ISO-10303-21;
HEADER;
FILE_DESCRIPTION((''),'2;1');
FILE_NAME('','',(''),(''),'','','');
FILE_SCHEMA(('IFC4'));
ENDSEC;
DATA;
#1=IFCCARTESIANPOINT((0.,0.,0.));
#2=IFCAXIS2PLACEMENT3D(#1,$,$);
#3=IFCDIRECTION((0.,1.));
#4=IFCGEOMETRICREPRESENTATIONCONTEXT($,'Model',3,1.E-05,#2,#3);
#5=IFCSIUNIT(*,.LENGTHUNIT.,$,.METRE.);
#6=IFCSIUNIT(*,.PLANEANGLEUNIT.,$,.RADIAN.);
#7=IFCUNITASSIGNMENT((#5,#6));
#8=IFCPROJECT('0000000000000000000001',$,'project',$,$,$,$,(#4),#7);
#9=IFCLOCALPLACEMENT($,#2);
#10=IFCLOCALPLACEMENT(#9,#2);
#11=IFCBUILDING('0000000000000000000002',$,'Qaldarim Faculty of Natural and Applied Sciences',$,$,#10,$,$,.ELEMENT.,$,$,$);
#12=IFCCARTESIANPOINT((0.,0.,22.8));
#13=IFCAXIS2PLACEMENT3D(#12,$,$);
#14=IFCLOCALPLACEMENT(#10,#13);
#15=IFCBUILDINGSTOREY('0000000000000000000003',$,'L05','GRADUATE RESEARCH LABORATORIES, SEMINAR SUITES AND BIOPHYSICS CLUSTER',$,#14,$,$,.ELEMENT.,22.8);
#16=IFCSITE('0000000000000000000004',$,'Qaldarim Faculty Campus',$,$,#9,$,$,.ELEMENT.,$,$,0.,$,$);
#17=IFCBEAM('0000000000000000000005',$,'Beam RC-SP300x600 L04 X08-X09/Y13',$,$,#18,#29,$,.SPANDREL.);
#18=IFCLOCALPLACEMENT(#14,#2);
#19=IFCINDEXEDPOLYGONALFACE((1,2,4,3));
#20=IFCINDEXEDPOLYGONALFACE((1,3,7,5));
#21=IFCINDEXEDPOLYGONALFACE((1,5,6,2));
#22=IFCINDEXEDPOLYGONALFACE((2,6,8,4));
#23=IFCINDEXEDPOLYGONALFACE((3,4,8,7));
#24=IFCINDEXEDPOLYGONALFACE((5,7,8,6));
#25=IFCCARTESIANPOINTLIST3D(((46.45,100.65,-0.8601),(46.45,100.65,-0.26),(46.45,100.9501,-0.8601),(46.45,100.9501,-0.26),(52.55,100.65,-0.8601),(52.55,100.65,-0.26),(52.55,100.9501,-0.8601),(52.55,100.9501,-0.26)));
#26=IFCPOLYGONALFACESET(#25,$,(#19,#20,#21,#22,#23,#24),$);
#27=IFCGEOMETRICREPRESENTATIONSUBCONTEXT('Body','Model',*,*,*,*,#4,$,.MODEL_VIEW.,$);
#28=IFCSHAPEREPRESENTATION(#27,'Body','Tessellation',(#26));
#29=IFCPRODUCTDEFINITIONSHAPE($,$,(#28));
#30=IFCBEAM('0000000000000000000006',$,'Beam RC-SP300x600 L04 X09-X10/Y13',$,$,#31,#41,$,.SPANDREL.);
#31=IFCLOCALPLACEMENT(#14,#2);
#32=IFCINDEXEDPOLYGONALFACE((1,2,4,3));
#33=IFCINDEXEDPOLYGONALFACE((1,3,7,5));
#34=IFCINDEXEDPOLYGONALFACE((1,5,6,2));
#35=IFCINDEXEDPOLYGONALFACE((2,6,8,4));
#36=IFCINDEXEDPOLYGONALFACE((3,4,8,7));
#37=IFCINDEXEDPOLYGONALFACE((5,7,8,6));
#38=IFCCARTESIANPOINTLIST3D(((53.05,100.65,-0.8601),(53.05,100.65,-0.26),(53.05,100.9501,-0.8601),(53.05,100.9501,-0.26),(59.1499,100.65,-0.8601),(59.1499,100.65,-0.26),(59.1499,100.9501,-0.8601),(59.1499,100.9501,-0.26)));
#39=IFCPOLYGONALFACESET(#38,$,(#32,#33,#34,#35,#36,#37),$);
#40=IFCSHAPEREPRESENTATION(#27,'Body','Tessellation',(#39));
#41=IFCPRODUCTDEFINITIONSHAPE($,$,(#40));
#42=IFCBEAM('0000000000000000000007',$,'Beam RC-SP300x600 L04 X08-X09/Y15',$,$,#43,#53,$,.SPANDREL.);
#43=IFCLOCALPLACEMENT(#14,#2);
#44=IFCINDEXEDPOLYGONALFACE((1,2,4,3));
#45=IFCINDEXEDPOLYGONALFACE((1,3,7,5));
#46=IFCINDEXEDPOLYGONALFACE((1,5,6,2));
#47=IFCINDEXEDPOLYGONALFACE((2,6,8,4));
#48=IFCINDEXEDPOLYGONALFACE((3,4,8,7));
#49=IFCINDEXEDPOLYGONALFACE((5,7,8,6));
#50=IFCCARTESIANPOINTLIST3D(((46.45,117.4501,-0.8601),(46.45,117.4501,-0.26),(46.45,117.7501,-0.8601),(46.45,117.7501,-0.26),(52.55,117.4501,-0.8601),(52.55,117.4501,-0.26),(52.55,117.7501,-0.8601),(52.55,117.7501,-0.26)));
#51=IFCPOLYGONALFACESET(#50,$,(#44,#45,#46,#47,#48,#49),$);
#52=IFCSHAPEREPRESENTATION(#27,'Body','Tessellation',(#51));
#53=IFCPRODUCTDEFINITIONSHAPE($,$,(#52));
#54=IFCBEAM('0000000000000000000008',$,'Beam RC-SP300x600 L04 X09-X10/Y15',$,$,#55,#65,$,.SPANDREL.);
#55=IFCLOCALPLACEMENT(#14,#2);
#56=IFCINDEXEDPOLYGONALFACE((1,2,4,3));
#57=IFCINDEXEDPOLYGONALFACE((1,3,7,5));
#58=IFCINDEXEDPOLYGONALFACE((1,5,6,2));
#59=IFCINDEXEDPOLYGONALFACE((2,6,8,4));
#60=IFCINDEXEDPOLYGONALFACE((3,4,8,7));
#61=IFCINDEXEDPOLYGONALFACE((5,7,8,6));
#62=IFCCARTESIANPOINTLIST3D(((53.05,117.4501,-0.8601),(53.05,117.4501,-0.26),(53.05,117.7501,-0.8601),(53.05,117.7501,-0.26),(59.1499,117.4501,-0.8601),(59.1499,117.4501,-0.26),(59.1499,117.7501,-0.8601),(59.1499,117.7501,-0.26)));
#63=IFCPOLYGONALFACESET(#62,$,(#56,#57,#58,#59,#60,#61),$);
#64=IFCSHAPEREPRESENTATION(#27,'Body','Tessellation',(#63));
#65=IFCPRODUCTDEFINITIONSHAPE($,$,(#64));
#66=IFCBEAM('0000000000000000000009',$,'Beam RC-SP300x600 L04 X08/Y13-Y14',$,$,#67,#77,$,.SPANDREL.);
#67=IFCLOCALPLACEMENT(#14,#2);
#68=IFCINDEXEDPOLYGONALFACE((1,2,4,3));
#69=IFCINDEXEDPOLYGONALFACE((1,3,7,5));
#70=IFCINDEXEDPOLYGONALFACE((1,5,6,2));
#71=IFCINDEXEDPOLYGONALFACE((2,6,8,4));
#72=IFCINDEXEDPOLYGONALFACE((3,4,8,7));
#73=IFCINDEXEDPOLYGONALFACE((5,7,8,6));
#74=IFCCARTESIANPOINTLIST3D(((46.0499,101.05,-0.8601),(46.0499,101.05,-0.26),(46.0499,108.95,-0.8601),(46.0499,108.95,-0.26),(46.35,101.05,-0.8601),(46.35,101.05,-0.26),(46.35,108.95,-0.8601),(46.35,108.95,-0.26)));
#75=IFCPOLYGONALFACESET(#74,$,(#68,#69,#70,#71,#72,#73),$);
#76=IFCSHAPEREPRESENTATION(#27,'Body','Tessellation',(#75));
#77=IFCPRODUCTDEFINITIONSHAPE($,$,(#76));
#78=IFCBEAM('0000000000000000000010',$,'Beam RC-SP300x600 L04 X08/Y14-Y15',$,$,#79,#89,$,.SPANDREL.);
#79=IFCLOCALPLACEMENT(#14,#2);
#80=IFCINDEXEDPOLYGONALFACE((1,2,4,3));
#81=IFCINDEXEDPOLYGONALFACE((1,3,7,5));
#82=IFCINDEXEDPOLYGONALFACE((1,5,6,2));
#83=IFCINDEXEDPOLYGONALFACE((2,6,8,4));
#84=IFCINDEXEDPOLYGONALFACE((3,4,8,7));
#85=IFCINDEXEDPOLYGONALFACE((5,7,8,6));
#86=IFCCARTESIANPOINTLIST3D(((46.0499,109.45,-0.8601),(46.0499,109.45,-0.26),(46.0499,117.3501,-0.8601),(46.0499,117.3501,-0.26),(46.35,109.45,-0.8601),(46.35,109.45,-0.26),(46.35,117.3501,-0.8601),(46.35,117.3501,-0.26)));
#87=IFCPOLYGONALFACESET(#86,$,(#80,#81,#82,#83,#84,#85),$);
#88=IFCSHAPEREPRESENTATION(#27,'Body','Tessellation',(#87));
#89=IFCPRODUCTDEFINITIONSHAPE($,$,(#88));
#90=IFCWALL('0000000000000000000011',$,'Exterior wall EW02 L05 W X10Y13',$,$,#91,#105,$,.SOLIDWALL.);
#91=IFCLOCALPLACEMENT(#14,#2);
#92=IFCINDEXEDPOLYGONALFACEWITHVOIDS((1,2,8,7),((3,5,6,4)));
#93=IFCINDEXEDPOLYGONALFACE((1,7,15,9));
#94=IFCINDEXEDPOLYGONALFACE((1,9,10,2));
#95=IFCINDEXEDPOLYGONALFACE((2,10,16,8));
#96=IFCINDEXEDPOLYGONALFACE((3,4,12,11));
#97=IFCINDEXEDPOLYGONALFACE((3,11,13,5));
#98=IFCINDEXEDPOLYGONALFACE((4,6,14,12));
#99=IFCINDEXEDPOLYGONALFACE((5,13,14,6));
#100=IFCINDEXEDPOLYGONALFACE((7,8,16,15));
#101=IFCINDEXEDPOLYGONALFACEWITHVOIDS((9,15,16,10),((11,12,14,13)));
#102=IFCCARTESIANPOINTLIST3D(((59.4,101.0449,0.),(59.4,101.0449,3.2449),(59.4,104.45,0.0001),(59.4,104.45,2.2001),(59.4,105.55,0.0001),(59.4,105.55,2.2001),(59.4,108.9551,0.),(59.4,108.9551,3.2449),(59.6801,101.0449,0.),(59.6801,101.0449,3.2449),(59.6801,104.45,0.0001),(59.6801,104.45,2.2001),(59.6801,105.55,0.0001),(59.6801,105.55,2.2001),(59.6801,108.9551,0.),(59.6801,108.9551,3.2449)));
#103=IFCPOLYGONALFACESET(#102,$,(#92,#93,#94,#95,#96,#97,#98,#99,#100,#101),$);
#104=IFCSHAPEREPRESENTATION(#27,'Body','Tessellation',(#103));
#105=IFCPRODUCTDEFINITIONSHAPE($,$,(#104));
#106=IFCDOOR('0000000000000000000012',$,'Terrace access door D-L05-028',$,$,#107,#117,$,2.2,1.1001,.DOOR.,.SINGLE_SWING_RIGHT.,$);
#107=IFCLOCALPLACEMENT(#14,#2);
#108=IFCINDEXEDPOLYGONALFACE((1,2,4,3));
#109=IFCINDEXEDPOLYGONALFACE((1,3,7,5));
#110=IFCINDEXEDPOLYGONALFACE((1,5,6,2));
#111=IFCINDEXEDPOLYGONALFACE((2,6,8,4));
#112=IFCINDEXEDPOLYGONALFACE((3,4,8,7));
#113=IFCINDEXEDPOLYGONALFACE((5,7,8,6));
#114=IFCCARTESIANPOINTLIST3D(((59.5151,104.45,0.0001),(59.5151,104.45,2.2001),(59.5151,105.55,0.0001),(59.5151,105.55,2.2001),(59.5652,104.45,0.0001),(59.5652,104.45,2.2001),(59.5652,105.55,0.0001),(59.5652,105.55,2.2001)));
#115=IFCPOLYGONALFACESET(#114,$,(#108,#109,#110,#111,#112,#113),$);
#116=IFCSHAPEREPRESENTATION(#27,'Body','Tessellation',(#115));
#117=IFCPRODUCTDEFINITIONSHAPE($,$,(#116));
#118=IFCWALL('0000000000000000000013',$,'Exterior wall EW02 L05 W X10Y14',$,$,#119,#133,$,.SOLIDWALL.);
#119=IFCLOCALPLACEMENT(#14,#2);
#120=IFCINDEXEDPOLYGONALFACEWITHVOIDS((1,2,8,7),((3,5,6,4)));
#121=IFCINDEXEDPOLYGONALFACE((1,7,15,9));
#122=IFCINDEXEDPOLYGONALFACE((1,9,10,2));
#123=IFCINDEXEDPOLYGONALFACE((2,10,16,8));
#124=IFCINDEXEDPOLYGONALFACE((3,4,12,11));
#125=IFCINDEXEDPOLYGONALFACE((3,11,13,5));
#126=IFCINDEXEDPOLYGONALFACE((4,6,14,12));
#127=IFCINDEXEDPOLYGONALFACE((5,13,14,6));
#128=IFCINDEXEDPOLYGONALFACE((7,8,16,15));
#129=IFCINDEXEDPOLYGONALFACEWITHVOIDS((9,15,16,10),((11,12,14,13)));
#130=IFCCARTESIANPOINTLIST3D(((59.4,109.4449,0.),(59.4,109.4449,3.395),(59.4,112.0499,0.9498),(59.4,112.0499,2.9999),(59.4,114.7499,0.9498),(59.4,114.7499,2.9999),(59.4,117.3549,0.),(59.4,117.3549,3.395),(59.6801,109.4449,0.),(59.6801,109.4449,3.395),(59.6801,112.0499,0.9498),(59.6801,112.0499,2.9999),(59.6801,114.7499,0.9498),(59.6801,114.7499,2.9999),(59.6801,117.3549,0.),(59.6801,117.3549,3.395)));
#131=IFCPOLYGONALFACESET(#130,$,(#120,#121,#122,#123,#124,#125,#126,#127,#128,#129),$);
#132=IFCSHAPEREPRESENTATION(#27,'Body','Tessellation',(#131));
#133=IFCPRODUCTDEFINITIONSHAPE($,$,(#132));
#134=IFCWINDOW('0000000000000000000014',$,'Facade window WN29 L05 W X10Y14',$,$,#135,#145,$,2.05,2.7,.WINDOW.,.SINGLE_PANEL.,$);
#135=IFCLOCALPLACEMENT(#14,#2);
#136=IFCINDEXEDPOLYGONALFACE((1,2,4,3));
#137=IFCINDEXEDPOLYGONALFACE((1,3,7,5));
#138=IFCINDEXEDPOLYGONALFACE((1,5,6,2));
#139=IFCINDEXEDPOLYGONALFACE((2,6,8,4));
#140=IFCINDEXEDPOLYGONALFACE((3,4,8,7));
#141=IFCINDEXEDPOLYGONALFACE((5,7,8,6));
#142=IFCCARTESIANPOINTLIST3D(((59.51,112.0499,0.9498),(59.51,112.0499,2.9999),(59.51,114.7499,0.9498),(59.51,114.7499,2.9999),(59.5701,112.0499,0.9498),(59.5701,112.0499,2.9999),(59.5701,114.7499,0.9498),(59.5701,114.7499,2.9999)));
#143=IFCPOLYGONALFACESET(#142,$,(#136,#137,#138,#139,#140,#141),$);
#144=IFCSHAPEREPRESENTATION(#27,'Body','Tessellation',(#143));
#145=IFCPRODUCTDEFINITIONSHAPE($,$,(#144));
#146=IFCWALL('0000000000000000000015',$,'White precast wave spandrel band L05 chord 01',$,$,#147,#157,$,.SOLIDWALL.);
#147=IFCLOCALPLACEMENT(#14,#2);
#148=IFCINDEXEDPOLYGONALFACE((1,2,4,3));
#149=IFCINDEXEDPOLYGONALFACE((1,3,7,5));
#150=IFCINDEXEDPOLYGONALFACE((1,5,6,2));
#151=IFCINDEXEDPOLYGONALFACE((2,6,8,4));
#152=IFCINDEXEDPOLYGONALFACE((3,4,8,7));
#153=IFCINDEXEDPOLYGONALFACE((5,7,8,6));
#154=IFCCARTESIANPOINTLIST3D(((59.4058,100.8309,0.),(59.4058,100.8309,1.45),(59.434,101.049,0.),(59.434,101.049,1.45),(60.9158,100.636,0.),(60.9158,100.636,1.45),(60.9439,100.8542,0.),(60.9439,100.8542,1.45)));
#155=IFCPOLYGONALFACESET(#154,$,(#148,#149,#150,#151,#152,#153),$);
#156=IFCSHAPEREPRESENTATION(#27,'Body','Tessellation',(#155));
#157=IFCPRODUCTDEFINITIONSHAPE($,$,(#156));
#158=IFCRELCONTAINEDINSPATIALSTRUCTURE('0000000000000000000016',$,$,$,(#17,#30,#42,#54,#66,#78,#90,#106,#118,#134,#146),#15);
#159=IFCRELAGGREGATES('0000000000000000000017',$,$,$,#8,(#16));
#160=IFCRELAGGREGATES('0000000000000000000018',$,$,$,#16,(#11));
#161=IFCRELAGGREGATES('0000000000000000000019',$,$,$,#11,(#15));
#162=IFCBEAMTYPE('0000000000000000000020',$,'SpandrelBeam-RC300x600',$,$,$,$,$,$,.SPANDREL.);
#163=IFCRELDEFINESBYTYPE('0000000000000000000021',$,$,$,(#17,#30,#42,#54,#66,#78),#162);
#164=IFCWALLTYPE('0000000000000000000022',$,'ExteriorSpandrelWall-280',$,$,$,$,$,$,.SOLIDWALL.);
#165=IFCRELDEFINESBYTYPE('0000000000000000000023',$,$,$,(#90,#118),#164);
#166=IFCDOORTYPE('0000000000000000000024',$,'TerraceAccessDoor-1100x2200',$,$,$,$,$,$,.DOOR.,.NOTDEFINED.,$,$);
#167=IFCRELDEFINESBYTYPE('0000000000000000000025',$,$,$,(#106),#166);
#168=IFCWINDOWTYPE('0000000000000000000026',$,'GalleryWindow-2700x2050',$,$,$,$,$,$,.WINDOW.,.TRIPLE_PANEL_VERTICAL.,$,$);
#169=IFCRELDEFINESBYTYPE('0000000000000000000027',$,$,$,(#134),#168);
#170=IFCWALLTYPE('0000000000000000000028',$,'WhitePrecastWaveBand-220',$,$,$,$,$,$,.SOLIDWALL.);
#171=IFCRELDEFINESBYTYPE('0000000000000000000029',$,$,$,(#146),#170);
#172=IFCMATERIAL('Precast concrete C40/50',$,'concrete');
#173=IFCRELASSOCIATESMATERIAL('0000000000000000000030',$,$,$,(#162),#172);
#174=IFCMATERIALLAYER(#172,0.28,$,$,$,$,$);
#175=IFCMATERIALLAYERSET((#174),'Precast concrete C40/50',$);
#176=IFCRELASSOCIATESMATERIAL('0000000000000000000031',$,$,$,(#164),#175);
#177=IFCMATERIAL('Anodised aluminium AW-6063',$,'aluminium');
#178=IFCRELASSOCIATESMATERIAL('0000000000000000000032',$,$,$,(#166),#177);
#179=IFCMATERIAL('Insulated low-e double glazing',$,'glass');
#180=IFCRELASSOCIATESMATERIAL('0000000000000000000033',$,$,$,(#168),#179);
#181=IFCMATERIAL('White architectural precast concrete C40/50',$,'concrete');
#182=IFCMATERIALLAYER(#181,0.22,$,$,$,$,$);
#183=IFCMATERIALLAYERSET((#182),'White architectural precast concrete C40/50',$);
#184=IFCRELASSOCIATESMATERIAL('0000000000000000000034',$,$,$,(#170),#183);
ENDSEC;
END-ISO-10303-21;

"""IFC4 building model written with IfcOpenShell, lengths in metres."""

from ifc_helpers import new_model, si_unit, direction, frame, frame_2d, origin, origin_2d, place, context, subcontext, project, spatial, rectangle, extrude, material, layer, layer_set, material_profile, profile_set, type_object, element, fill, save


model = new_model("IFC4")

# Units and contexts
model_context = context("Model", 3, precision=1e-05, world=origin(), true_north=direction((0.0, 1.0)))
body_context = subcontext(model_context, "Body", "Model", "MODEL_VIEW")
ifc_project = project(units=[si_unit("LENGTHUNIT", "METRE"), si_unit("PLANEANGLEUNIT", "RADIAN")], contexts=[model_context])

# Site, building, storey
site_placement = place(None, origin())
site = spatial("IfcSite", under=ifc_project, at=site_placement, Name="Qaldarim Faculty Campus", CompositionType="ELEMENT", RefElevation=0.0)
building_placement = place(site_placement, origin())
building = spatial("IfcBuilding", under=site, at=building_placement, Name="Qaldarim Faculty of Natural and Applied Sciences", CompositionType="ELEMENT")
storey_placement = place(building_placement, frame((0.0, 0.0, 22.8)))
storey = spatial("IfcBuildingStorey", under=building, at=storey_placement, Name="L05", Description="GRADUATE RESEARCH LABORATORIES, SEMINAR SUITES AND BIOPHYSICS CLUSTER", CompositionType="ELEMENT", Elevation=22.8)

# Beams
ifc_material_1 = material(Name="Precast concrete C40/50", Category="concrete")
ifc_material_profile_1 = material_profile(ifc_material_1, rectangle(XDim=0.3, YDim=0.6001, at=origin_2d()), Name="RC-SP300x600")
ifc_profile_set_1 = profile_set([ifc_material_profile_1], Name="Precast concrete C40/50")
beam_type_1 = type_object("IfcBeamType", Name="SpandrelBeam-RC300x600", PredefinedType="SPANDREL", material=ifc_profile_set_1)
beam_1_placement = place(storey_placement, frame((46.45, 100.8, -0.5601), z_axis=(1.0, 0.0, 0.0), x_axis=(0.0, 1.0, 0.0)))
element("IfcBeam", 1, at=beam_1_placement, inside=storey, type_object=beam_type_1, Name="Beam RC-SP300x600 L04 X08-X09/Y13", PredefinedType="SPANDREL", context=body_context, shape_type="SweptSolid", body=[
    extrude(rectangle(XDim=0.3, YDim=0.6001, at=origin_2d()), origin(), (0.0, 0.0, 1.0), 6.1001),
])
beam_2_placement = place(storey_placement, frame((53.05, 100.8, -0.5601), z_axis=(1.0, 0.0, 0.0), x_axis=(0.0, 1.0, 0.0)))
element("IfcBeam", 2, at=beam_2_placement, inside=storey, type_object=beam_type_1, Name="Beam RC-SP300x600 L04 X09-X10/Y13", PredefinedType="SPANDREL", context=body_context, shape_type="SweptSolid", body=[
    extrude(rectangle(XDim=0.3, YDim=0.6001, at=origin_2d()), origin(), (0.0, 0.0, 1.0), 6.0999),
])
beam_3_placement = place(storey_placement, frame((46.45, 117.6001, -0.5601), z_axis=(1.0, 0.0, 0.0), x_axis=(0.0, 1.0, 0.0)))
element("IfcBeam", 3, at=beam_3_placement, inside=storey, type_object=beam_type_1, Name="Beam RC-SP300x600 L04 X08-X09/Y15", PredefinedType="SPANDREL", context=body_context, shape_type="SweptSolid", body=[
    extrude(rectangle(XDim=0.3, YDim=0.6001, at=origin_2d()), origin(), (0.0, 0.0, 1.0), 6.1001),
])
beam_4_placement = place(storey_placement, frame((53.05, 117.6001, -0.5601), z_axis=(1.0, 0.0, 0.0), x_axis=(0.0, 1.0, 0.0)))
element("IfcBeam", 4, at=beam_4_placement, inside=storey, type_object=beam_type_1, Name="Beam RC-SP300x600 L04 X09-X10/Y15", PredefinedType="SPANDREL", context=body_context, shape_type="SweptSolid", body=[
    extrude(rectangle(XDim=0.3, YDim=0.6001, at=origin_2d()), origin(), (0.0, 0.0, 1.0), 6.0999),
])
beam_5_placement = place(storey_placement, frame((46.2, 101.05, -0.5601), z_axis=(0.0, 1.0, 0.0), x_axis=(-1.0, 0.0, 0.0)))
element("IfcBeam", 5, at=beam_5_placement, inside=storey, type_object=beam_type_1, Name="Beam RC-SP300x600 L04 X08/Y13-Y14", PredefinedType="SPANDREL", context=body_context, shape_type="SweptSolid", body=[
    extrude(rectangle(XDim=0.3, YDim=0.6001, at=origin_2d()), origin(), (0.0, 0.0, 1.0), 7.8999),
])
beam_6_placement = place(storey_placement, frame((46.2, 109.45, -0.5601), z_axis=(0.0, 1.0, 0.0), x_axis=(-1.0, 0.0, 0.0)))
element("IfcBeam", 6, at=beam_6_placement, inside=storey, type_object=beam_type_1, Name="Beam RC-SP300x600 L04 X08/Y14-Y15", PredefinedType="SPANDREL", context=body_context, shape_type="SweptSolid", body=[
    extrude(rectangle(XDim=0.3, YDim=0.6001, at=origin_2d()), origin(), (0.0, 0.0, 1.0), 7.9001),
])

# Wall, opening, door
ifc_layer_1 = layer(ifc_material_1, 0.28)
ifc_layer_set_1 = layer_set([ifc_layer_1], Name="Precast concrete C40/50")
wall_type_1 = type_object("IfcWallType", Name="ExteriorSpandrelWall-280", PredefinedType="SOLIDWALL", material=ifc_layer_set_1)
wall_1_placement = place(storey_placement, frame((59.54, 108.9551, 0.0), z_axis=(0.0, 0.0, 1.0), x_axis=(0.0, -1.0, 0.0)))
wall_1 = element("IfcWall", 7, at=wall_1_placement, inside=storey, type_object=wall_type_1, Name="Exterior wall EW02 L05 W X10Y13", PredefinedType="SOLIDWALL", context=body_context, shape_type="SweptSolid", body=[
    extrude(rectangle(XDim=7.9102, YDim=0.28, at=frame_2d((3.9551, 0.0))), origin(), (0.0, 0.0, 1.0), 3.2449),
])
opening_1_placement = place(wall_1_placement, frame((3.405, 0.0, 0.0)))
opening_1 = element("IfcOpeningElement", 8, at=opening_1_placement, cuts=wall_1, PredefinedType="OPENING", context=body_context, shape_type="SweptSolid", body=[
    extrude(rectangle(XDim=1.1001, YDim=2.2, at=frame_2d((0.55, 1.1001))), frame((0.0, 0.1499, 0.0), z_axis=(0.0, -1.0, 0.0), x_axis=(1.0, 0.0, 0.0)), (0.0, 0.0, 1.0), 0.3),
])
ifc_material_2 = material(Name="Anodised aluminium AW-6063", Category="aluminium")
door_type = type_object("IfcDoorType", Name="TerraceAccessDoor-1100x2200", OperationType="NOTDEFINED", PredefinedType="DOOR", material=ifc_material_2)
door_placement = place(opening_1_placement, frame((1.1001, 0.0, 0.0), z_axis=(0.0, 0.0, 1.0), x_axis=(-1.0, 0.0, 0.0)))
door = element("IfcDoor", 9, at=door_placement, inside=storey, type_object=door_type, Name="Terrace access door D-L05-028", OperationType="SINGLE_SWING_RIGHT", OverallHeight=2.2, OverallWidth=1.1001, PredefinedType="DOOR", context=body_context, shape_type="SweptSolid", body=[
    extrude(rectangle(XDim=1.1001, YDim=2.2, at=frame_2d((0.55, 1.1001))), frame((0.0, 0.0249, 0.0), z_axis=(0.0, -1.0, 0.0), x_axis=(1.0, 0.0, 0.0)), (0.0, 0.0, 1.0), 0.05),
])
fill(opening_1, door)

# Wall, opening, window
wall_2_placement = place(storey_placement, frame((59.54, 117.355, 0.0), z_axis=(0.0, 0.0, 1.0), x_axis=(0.0, -1.0, 0.0)))
wall_2 = element("IfcWall", 10, at=wall_2_placement, inside=storey, type_object=wall_type_1, Name="Exterior wall EW02 L05 W X10Y14", PredefinedType="SOLIDWALL", context=body_context, shape_type="SweptSolid", body=[
    extrude(rectangle(XDim=7.9099, YDim=0.28, at=frame_2d((3.9551, 0.0))), origin(), (0.0, 0.0, 1.0), 3.395),
])
opening_2_placement = place(wall_2_placement, frame((2.605, 0.0, 0.95)))
opening_2 = element("IfcOpeningElement", 11, at=opening_2_placement, cuts=wall_2, PredefinedType="OPENING", context=body_context, shape_type="SweptSolid", body=[
    extrude(rectangle(XDim=2.7, YDim=2.05, at=frame_2d((1.3501, 1.0249))), frame((0.0, 0.1499, 0.0), z_axis=(0.0, -1.0, 0.0), x_axis=(1.0, 0.0, 0.0)), (0.0, 0.0, 1.0), 0.3),
])
ifc_material_3 = material(Name="Insulated low-e double glazing", Category="glass")
window_type = type_object("IfcWindowType", Name="GalleryWindow-2700x2050", PartitioningType="TRIPLE_PANEL_VERTICAL", PredefinedType="WINDOW", material=ifc_material_3)
window_placement = place(opening_2_placement, origin())
window = element("IfcWindow", 12, at=window_placement, inside=storey, type_object=window_type, Name="Facade window WN29 L05 W X10Y14", OverallHeight=2.05, OverallWidth=2.7, PartitioningType="SINGLE_PANEL", PredefinedType="WINDOW", context=body_context, shape_type="SweptSolid", body=[
    extrude(rectangle(XDim=2.7, YDim=2.05, at=frame_2d((1.3501, 1.0249))), frame((0.0, 0.03, 0.0), z_axis=(0.0, -1.0, 0.0), x_axis=(1.0, 0.0, 0.0)), (0.0, 0.0, 1.0), 0.0601),
])
fill(opening_2, window)

# Wall
ifc_material_4 = material(Name="White architectural precast concrete C40/50", Category="concrete")
ifc_layer_2 = layer(ifc_material_4, 0.22)
ifc_layer_set_2 = layer_set([ifc_layer_2], Name="White architectural precast concrete C40/50")
wall_type_2 = type_object("IfcWallType", Name="WhitePrecastWaveBand-220", PredefinedType="SOLIDWALL", material=ifc_layer_set_2)
wall_3_placement = place(storey_placement, frame((59.4199, 100.9399, 0.0), z_axis=(0.0, 0.0, 1.0), x_axis=(0.991779, -0.127961, 0.0)))
element("IfcWall", 13, at=wall_3_placement, inside=storey, type_object=wall_type_2, Name="White precast wave spandrel band L05 chord 01", PredefinedType="SOLIDWALL", context=body_context, shape_type="SweptSolid", body=[
    extrude(rectangle(XDim=1.5225, YDim=0.22, at=frame_2d((0.7612, 0.0))), origin(), (0.0, 0.0, 1.0), 1.45),
])

save(model, "model.ifc")
